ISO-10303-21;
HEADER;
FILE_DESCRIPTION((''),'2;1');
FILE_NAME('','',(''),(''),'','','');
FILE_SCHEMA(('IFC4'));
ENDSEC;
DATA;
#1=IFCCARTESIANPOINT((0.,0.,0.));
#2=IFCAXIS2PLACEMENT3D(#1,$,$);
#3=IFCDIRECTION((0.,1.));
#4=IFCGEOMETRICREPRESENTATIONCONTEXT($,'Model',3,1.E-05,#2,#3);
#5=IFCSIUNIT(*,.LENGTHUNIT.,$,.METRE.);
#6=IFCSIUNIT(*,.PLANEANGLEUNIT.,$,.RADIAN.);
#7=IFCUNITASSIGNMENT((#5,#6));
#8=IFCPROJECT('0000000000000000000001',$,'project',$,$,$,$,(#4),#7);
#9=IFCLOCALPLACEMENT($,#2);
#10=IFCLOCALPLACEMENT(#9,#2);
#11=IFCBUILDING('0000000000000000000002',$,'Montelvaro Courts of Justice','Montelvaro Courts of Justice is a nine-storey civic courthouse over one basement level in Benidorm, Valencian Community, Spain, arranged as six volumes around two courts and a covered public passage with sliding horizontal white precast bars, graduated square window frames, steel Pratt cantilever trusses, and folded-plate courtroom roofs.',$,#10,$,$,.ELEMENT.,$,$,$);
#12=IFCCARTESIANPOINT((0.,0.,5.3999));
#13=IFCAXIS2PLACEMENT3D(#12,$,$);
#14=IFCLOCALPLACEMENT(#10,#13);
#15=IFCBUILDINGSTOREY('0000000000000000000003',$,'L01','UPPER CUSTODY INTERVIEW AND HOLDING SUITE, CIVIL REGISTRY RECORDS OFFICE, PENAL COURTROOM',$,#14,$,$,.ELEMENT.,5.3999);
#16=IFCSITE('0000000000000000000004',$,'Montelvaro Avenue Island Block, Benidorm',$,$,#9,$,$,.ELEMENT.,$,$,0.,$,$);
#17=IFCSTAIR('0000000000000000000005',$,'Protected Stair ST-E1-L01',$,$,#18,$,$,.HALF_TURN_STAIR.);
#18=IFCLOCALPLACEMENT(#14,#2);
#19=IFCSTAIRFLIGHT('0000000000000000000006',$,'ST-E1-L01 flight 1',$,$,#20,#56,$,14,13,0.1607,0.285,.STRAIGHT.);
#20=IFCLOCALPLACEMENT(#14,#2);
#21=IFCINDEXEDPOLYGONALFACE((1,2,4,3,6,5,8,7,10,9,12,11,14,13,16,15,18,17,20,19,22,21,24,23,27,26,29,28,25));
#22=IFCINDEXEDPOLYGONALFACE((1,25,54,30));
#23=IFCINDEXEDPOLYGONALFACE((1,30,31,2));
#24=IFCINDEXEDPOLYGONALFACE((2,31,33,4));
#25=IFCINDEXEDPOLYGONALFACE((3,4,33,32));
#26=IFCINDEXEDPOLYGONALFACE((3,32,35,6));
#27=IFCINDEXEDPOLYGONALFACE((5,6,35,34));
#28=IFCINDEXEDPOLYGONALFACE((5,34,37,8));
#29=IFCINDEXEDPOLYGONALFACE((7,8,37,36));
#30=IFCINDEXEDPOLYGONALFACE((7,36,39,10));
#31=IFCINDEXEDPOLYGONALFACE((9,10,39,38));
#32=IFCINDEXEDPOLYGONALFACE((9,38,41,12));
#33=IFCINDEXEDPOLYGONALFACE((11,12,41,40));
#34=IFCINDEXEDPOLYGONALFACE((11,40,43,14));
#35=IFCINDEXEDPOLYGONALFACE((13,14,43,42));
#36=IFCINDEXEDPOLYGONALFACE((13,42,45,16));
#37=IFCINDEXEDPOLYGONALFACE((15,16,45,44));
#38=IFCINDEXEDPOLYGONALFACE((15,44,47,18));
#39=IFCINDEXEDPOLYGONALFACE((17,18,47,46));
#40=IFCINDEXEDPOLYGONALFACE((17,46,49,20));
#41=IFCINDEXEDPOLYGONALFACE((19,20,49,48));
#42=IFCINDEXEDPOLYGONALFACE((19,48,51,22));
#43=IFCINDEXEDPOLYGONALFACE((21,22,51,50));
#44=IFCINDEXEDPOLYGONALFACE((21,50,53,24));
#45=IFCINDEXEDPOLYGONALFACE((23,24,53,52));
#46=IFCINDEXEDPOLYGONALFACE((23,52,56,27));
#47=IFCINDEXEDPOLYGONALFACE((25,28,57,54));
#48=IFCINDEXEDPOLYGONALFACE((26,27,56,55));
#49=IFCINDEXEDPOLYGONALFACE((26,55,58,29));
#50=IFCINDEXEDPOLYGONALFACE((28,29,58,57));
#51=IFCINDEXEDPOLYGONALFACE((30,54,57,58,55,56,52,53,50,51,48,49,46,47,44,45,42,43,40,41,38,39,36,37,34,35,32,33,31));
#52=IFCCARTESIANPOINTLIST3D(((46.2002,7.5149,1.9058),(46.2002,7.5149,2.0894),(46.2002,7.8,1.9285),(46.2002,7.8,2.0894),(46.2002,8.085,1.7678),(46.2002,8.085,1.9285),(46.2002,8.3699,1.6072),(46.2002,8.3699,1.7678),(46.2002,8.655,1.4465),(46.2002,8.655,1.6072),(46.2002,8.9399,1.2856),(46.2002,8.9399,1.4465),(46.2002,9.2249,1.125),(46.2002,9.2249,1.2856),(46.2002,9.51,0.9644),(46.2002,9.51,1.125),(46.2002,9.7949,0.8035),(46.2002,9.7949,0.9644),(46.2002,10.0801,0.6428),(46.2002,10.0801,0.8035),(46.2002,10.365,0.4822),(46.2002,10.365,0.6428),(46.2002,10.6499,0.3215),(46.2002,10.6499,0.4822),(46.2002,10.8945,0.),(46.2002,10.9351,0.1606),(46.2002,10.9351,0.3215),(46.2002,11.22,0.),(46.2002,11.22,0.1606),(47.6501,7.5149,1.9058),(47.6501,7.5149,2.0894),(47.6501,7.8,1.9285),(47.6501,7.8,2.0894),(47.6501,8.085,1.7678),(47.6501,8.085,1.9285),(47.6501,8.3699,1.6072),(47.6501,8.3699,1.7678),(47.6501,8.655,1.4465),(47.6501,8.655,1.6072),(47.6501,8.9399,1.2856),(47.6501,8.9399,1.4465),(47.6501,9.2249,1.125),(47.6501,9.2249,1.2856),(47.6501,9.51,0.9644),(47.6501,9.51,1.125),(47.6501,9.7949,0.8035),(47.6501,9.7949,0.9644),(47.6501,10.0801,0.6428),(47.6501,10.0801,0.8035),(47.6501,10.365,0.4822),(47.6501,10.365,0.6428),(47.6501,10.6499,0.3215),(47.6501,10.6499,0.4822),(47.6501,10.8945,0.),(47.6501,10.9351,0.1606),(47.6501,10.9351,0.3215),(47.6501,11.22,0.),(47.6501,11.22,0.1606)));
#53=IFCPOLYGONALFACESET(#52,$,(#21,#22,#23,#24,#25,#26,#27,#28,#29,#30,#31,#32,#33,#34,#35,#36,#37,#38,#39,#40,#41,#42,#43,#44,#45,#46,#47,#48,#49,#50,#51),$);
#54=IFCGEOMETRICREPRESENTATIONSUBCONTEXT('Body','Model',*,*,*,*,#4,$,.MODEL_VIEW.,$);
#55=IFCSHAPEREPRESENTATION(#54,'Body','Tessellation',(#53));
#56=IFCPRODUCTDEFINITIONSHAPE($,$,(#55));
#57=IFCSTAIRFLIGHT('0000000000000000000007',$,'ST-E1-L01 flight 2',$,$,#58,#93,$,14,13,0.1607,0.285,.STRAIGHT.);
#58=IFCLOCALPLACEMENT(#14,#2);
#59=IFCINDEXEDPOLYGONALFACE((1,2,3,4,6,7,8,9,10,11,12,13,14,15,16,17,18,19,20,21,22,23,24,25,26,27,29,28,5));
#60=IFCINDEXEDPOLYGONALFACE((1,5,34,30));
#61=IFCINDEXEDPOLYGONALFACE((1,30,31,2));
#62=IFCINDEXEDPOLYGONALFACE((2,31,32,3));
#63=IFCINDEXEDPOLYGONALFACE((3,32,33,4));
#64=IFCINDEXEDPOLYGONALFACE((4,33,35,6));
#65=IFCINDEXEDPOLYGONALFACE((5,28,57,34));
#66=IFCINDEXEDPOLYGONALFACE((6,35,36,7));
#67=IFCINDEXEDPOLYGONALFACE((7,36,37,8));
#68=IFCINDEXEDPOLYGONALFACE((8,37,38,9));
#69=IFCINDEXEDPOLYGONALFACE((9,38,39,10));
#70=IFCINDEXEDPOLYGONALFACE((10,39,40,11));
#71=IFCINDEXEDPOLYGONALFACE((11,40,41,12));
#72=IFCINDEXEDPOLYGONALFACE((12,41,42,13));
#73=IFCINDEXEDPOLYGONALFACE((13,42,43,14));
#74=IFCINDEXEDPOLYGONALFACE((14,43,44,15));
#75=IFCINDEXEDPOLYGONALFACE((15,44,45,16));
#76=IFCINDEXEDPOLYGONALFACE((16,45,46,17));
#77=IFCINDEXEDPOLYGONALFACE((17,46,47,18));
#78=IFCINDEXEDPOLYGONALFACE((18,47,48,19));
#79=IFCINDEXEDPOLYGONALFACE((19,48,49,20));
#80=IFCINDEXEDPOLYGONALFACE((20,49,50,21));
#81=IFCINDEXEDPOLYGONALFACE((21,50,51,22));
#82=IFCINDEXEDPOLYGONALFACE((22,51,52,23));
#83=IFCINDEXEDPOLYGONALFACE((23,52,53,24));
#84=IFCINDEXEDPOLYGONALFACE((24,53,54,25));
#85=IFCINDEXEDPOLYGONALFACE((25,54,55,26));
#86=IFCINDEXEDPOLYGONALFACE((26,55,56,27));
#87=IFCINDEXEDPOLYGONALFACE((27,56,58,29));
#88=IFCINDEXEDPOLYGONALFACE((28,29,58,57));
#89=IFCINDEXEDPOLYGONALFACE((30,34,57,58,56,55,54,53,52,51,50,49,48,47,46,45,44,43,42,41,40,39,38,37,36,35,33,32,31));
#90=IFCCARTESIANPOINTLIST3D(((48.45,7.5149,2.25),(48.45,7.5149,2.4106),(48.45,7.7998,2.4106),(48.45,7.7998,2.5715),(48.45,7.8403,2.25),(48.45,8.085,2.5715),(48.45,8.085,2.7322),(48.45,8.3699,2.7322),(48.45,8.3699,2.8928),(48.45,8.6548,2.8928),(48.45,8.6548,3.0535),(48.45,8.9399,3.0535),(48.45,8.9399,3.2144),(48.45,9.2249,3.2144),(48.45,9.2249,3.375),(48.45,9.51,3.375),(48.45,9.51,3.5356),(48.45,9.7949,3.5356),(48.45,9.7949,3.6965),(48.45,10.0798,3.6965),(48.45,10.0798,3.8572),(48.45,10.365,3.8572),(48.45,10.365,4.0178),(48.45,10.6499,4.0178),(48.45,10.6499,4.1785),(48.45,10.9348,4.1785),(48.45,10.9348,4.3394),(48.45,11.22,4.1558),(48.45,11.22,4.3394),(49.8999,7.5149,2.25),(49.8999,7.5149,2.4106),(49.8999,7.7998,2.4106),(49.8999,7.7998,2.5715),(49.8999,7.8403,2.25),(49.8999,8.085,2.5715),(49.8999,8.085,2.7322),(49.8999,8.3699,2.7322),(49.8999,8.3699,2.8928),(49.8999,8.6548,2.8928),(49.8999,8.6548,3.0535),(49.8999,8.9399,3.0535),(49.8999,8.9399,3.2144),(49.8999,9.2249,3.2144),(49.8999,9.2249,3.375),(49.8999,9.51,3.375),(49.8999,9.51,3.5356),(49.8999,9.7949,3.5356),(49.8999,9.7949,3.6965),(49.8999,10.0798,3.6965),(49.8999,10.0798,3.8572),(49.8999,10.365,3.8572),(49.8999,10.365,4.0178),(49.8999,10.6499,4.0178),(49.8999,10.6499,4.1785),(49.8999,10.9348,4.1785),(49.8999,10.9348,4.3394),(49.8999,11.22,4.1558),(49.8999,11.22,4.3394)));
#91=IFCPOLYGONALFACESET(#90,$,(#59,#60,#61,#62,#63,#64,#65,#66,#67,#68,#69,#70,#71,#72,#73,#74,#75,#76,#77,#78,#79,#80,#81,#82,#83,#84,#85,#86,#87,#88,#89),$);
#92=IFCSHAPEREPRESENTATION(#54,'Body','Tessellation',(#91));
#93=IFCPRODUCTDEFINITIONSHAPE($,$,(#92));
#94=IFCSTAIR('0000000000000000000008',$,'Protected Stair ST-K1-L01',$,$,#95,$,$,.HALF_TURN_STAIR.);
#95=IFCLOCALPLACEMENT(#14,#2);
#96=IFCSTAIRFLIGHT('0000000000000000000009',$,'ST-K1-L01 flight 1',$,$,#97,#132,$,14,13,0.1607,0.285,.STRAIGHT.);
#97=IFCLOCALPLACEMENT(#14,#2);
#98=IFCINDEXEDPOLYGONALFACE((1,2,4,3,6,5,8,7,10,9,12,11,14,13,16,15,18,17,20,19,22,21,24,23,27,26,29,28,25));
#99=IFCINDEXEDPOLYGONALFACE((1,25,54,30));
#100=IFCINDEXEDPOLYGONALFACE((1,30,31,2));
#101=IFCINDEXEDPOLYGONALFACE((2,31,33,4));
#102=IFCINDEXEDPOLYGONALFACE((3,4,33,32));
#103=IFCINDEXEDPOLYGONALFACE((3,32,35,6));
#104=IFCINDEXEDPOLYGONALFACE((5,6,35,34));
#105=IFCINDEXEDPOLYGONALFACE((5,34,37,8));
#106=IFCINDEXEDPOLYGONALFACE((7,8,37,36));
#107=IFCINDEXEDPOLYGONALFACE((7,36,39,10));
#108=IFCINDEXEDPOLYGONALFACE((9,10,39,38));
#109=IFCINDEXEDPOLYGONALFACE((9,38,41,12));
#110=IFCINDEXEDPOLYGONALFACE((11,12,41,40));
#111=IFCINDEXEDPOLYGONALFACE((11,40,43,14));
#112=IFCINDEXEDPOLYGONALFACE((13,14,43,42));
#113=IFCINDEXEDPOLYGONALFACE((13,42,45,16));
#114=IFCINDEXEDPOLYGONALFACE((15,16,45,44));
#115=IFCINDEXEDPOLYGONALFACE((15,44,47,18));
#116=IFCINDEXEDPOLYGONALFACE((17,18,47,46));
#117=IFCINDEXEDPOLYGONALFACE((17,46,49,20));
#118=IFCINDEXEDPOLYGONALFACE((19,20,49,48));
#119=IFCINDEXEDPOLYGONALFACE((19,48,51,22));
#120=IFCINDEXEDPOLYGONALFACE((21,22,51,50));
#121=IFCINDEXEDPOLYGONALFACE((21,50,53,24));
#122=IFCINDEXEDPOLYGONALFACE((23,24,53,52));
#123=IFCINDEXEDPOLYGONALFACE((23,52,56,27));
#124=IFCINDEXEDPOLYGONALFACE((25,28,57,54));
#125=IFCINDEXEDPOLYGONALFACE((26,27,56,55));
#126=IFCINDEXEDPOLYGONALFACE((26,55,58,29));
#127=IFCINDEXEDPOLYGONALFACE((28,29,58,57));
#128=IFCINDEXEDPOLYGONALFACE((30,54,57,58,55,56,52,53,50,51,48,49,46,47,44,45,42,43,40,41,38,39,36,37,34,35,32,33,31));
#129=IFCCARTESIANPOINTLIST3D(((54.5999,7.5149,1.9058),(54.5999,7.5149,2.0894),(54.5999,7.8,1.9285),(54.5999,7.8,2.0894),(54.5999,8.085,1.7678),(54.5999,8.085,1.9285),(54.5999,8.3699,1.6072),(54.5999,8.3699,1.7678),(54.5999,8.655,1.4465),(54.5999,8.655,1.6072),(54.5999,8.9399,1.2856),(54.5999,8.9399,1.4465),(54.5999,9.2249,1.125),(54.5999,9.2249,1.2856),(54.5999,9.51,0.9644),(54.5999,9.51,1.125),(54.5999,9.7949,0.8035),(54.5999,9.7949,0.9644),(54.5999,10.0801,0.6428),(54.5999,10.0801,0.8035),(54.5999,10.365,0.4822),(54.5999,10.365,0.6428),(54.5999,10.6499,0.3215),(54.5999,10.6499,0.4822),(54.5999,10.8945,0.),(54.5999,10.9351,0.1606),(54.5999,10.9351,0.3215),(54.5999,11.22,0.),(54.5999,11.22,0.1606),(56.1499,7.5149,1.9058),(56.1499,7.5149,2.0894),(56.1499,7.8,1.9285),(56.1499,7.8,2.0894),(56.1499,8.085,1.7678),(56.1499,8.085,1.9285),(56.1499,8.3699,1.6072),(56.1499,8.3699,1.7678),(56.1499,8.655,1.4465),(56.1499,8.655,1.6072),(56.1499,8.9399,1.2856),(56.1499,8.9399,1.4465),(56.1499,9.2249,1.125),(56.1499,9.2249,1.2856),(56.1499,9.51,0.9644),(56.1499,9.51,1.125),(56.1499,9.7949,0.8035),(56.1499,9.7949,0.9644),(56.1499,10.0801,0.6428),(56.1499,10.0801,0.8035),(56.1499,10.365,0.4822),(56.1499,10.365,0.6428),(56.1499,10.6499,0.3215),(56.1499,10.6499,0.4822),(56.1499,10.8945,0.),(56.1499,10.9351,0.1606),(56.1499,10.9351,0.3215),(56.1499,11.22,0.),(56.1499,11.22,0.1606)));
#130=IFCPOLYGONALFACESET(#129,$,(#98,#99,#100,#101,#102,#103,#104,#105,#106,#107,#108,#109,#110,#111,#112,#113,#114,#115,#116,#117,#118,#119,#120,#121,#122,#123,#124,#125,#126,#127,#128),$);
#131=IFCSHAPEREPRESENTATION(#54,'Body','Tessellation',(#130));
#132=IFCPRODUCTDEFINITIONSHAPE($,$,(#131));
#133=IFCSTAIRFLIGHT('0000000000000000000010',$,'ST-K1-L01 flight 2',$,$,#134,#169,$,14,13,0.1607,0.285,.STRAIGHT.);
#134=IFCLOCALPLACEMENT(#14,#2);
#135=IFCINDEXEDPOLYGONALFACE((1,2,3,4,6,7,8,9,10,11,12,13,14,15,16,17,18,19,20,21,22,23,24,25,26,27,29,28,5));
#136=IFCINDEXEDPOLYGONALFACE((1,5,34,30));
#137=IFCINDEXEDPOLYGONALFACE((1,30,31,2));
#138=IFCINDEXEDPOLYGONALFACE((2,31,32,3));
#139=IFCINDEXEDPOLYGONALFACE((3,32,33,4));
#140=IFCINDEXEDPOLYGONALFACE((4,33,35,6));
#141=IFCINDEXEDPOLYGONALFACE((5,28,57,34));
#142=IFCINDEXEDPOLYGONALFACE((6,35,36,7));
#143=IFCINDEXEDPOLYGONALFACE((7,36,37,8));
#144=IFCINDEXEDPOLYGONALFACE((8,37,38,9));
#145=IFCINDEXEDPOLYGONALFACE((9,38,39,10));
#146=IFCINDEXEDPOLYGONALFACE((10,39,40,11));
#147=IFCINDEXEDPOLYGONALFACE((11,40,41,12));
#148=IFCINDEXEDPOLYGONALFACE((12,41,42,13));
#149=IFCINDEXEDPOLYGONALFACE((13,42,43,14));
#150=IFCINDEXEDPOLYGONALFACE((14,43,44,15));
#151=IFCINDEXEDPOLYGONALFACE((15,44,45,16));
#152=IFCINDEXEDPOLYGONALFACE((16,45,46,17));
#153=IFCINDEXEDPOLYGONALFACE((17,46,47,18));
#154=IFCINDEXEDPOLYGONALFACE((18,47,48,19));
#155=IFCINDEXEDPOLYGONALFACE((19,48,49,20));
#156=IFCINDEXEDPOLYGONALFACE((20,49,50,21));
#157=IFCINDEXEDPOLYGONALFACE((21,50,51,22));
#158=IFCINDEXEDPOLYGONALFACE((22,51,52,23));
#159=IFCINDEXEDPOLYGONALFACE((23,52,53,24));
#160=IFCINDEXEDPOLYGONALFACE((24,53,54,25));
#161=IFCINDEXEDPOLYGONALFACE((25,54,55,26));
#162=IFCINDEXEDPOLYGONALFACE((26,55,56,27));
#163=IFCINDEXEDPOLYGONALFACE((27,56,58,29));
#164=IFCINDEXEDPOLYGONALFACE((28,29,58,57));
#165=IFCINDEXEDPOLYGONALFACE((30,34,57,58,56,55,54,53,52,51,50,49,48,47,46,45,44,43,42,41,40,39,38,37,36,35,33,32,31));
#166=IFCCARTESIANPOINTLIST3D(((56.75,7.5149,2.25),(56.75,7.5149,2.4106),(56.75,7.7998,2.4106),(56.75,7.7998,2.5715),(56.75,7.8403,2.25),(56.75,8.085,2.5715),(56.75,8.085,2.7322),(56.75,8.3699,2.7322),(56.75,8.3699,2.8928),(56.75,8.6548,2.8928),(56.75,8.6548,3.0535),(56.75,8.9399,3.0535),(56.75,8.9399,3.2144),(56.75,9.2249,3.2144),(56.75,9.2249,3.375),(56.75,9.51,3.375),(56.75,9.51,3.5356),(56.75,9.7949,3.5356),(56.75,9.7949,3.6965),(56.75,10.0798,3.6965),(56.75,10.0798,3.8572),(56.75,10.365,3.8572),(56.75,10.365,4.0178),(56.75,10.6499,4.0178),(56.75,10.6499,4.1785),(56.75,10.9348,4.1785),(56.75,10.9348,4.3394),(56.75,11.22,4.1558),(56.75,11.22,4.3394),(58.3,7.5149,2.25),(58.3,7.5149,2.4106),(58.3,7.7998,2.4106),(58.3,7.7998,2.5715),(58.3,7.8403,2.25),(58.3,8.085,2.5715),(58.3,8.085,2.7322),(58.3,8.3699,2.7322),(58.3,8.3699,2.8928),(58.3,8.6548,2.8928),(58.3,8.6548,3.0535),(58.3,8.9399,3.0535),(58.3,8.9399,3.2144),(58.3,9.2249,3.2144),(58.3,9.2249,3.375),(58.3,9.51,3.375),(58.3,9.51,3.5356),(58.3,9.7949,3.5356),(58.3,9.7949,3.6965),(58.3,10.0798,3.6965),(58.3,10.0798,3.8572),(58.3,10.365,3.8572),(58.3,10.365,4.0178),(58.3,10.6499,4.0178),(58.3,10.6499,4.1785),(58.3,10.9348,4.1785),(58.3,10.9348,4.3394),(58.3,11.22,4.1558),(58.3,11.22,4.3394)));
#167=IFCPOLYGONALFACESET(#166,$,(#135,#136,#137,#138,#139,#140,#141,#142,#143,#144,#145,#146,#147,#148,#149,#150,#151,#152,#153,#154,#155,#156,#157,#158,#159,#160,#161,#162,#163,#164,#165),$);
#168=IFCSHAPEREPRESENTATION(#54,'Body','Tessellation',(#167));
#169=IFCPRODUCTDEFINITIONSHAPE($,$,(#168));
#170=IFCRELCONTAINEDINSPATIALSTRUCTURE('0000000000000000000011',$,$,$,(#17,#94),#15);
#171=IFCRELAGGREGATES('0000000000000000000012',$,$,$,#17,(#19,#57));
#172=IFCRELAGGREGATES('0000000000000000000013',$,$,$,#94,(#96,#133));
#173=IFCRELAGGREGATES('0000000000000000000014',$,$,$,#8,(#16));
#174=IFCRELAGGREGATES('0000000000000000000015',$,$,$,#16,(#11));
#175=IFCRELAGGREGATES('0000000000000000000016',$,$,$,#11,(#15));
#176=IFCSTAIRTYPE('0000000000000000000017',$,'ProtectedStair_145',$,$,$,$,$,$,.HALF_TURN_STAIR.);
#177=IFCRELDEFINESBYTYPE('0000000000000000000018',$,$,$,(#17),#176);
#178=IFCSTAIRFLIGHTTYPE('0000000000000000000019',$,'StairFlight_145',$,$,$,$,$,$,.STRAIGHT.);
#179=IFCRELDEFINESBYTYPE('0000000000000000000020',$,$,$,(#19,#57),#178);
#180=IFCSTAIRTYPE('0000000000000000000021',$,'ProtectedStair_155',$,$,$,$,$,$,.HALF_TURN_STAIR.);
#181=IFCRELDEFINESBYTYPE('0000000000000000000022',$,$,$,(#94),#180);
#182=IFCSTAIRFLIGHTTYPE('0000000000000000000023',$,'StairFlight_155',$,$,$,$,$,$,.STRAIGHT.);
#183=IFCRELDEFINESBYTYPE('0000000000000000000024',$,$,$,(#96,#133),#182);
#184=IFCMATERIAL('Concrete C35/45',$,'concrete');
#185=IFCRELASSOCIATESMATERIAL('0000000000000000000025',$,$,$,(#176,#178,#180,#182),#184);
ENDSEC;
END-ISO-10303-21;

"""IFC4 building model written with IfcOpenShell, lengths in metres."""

from ifc_helpers import new_model, si_unit, direction, frame, origin, place, context, subcontext, project, spatial, polyline, outline, extrude, material, type_object, element, aggregate, save


model = new_model("IFC4")

# Units and contexts
model_context = context("Model", 3, precision=1e-05, world=origin(), true_north=direction((0.0, 1.0)))
body_context = subcontext(model_context, "Body", "Model", "MODEL_VIEW")
ifc_project = project(units=[si_unit("LENGTHUNIT", "METRE"), si_unit("PLANEANGLEUNIT", "RADIAN")], contexts=[model_context])

# Site, building, storey
site_placement = place(None, origin())
site = spatial("IfcSite", under=ifc_project, at=site_placement, Name="Montelvaro Avenue Island Block, Benidorm", CompositionType="ELEMENT", RefElevation=0.0)
building_placement = place(site_placement, origin())
building = spatial("IfcBuilding", under=site, at=building_placement, Name="Montelvaro Courts of Justice", Description="Montelvaro Courts of Justice is a nine-storey civic courthouse over one basement level in Benidorm, Valencian Community, Spain, arranged as six volumes around two courts and a covered public passage with sliding horizontal white precast bars, graduated square window frames, steel Pratt cantilever trusses, and folded-plate courtroom roofs.", CompositionType="ELEMENT")
storey_placement = place(building_placement, frame((0.0, 0.0, 5.3999)))
storey = spatial("IfcBuildingStorey", under=building, at=storey_placement, Name="L01", Description="UPPER CUSTODY INTERVIEW AND HOLDING SUITE, CIVIL REGISTRY RECORDS OFFICE, PENAL COURTROOM", CompositionType="ELEMENT", Elevation=5.3999)

# Shared definitions
ifc_material_1 = material(Name="Concrete C35/45", Category="concrete")

# Stairs, stair flights
stair_type_1 = type_object("IfcStairType", Name="ProtectedStair_145", PredefinedType="HALF_TURN_STAIR", material=ifc_material_1)
stair_1_placement = place(storey_placement, origin())
stair_1 = element("IfcStair", 1, at=stair_1_placement, inside=storey, type_object=stair_type_1, Name="Protected Stair ST-E1-L01", PredefinedType="HALF_TURN_STAIR")
stair_flight_type_1 = type_object("IfcStairFlightType", Name="StairFlight_145", PredefinedType="STRAIGHT", material=ifc_material_1)
stair_flight_1_placement = place(storey_placement, frame((46.925, 11.22, 0.0), z_axis=(0.0, 0.0, 1.0), x_axis=(0.0, -1.0, 0.0)))
stair_flight_1 = element("IfcStairFlight", 2, at=stair_flight_1_placement, type_object=stair_flight_type_1, Name="ST-E1-L01 flight 1", NumberOfRisers=14, NumberOfTreads=13, PredefinedType="STRAIGHT", RiserHeight=0.1607, TreadLength=0.285, context=body_context, shape_type="SweptSolid", body=[
    extrude(outline(polyline([(0.0, 0.0), (0.0, 0.1606), (0.2849, 0.1606), (0.2849, 0.3215), (0.5701, 0.3215), (0.5701, 0.4822), (0.855, 0.4822), (0.855, 0.6428), (1.1399, 0.6428), (1.1399, 0.8035), (1.425, 0.8035), (1.425, 0.9644), (1.71, 0.9644), (1.71, 1.125), (1.9951, 1.125), (1.9951, 1.2856), (2.28, 1.2856), (2.28, 1.4465), (2.5649, 1.4465), (2.5649, 1.6072), (2.8501, 1.6072), (2.8501, 1.7678), (3.135, 1.7678), (3.135, 1.9285), (3.4199, 1.9285), (3.4199, 2.0894), (3.7051, 2.0894), (3.7051, 2.25), (3.7051, 1.9058), (0.3254, 0.0), (0.0, 0.0)])), frame((0.0, 0.7251, 0.0), z_axis=(0.0, -1.0, 0.0), x_axis=(1.0, 0.0, 0.0)), (0.0, 0.0, 1.0), 1.45),
])
stair_flight_2_placement = place(storey_placement, frame((49.175, 7.5149, 2.25), z_axis=(0.0, 0.0, 1.0), x_axis=(0.0, 1.0, 0.0)))
stair_flight_2 = element("IfcStairFlight", 3, at=stair_flight_2_placement, type_object=stair_flight_type_1, Name="ST-E1-L01 flight 2", NumberOfRisers=14, NumberOfTreads=13, PredefinedType="STRAIGHT", RiserHeight=0.1607, TreadLength=0.285, context=body_context, shape_type="SweptSolid", body=[
    extrude(outline(polyline([(0.0, 0.0), (0.0, 0.1606), (0.2849, 0.1606), (0.2849, 0.3215), (0.5701, 0.3215), (0.5701, 0.4822), (0.855, 0.4822), (0.855, 0.6428), (1.1399, 0.6428), (1.1399, 0.8035), (1.425, 0.8035), (1.425, 0.9644), (1.71, 0.9644), (1.71, 1.125), (1.9951, 1.125), (1.9951, 1.2856), (2.28, 1.2856), (2.28, 1.4465), (2.5649, 1.4465), (2.5649, 1.6072), (2.8501, 1.6072), (2.8501, 1.7678), (3.135, 1.7678), (3.135, 1.9285), (3.4199, 1.9285), (3.4199, 2.0894), (3.7051, 2.0894), (3.7051, 2.25), (3.7051, 1.9058), (0.3254, 0.0), (0.0, 0.0)])), frame((0.0, 0.7251, 0.0), z_axis=(0.0, -1.0, 0.0), x_axis=(1.0, 0.0, 0.0)), (0.0, 0.0, 1.0), 1.45),
])
aggregate(stair_1, [stair_flight_1, stair_flight_2])
stair_type_2 = type_object("IfcStairType", Name="ProtectedStair_155", PredefinedType="HALF_TURN_STAIR", material=ifc_material_1)
stair_2_placement = place(storey_placement, origin())
stair_2 = element("IfcStair", 4, at=stair_2_placement, inside=storey, type_object=stair_type_2, Name="Protected Stair ST-K1-L01", PredefinedType="HALF_TURN_STAIR")
stair_flight_type_2 = type_object("IfcStairFlightType", Name="StairFlight_155", PredefinedType="STRAIGHT", material=ifc_material_1)
stair_flight_3_placement = place(storey_placement, frame((55.375, 11.22, 0.0), z_axis=(0.0, 0.0, 1.0), x_axis=(0.0, -1.0, 0.0)))
stair_flight_3 = element("IfcStairFlight", 5, at=stair_flight_3_placement, type_object=stair_flight_type_2, Name="ST-K1-L01 flight 1", NumberOfRisers=14, NumberOfTreads=13, PredefinedType="STRAIGHT", RiserHeight=0.1607, TreadLength=0.285, context=body_context, shape_type="SweptSolid", body=[
    extrude(outline(polyline([(0.0, 0.0), (0.0, 0.1606), (0.2849, 0.1606), (0.2849, 0.3215), (0.5701, 0.3215), (0.5701, 0.4822), (0.855, 0.4822), (0.855, 0.6428), (1.1399, 0.6428), (1.1399, 0.8035), (1.425, 0.8035), (1.425, 0.9644), (1.71, 0.9644), (1.71, 1.125), (1.9951, 1.125), (1.9951, 1.2856), (2.28, 1.2856), (2.28, 1.4465), (2.5649, 1.4465), (2.5649, 1.6072), (2.8501, 1.6072), (2.8501, 1.7678), (3.135, 1.7678), (3.135, 1.9285), (3.4199, 1.9285), (3.4199, 2.0894), (3.7051, 2.0894), (3.7051, 2.25), (3.7051, 1.9058), (0.3254, 0.0), (0.0, 0.0)])), frame((0.0, 0.7749, 0.0), z_axis=(0.0, -1.0, 0.0), x_axis=(1.0, 0.0, 0.0)), (0.0, 0.0, 1.0), 1.55),
])
stair_flight_4_placement = place(storey_placement, frame((57.5249, 7.5149, 2.25), z_axis=(0.0, 0.0, 1.0), x_axis=(0.0, 1.0, 0.0)))
stair_flight_4 = element("IfcStairFlight", 6, at=stair_flight_4_placement, type_object=stair_flight_type_2, Name="ST-K1-L01 flight 2", NumberOfRisers=14, NumberOfTreads=13, PredefinedType="STRAIGHT", RiserHeight=0.1607, TreadLength=0.285, context=body_context, shape_type="SweptSolid", body=[
    extrude(outline(polyline([(0.0, 0.0), (0.0, 0.1606), (0.2849, 0.1606), (0.2849, 0.3215), (0.5701, 0.3215), (0.5701, 0.4822), (0.855, 0.4822), (0.855, 0.6428), (1.1399, 0.6428), (1.1399, 0.8035), (1.425, 0.8035), (1.425, 0.9644), (1.71, 0.9644), (1.71, 1.125), (1.9951, 1.125), (1.9951, 1.2856), (2.28, 1.2856), (2.28, 1.4465), (2.5649, 1.4465), (2.5649, 1.6072), (2.8501, 1.6072), (2.8501, 1.7678), (3.135, 1.7678), (3.135, 1.9285), (3.4199, 1.9285), (3.4199, 2.0894), (3.7051, 2.0894), (3.7051, 2.25), (3.7051, 1.9058), (0.3254, 0.0), (0.0, 0.0)])), frame((0.0, 0.7749, 0.0), z_axis=(0.0, -1.0, 0.0), x_axis=(1.0, 0.0, 0.0)), (0.0, 0.0, 1.0), 1.55),
])
aggregate(stair_2, [stair_flight_3, stair_flight_4])

save(model, "model.ifc")
